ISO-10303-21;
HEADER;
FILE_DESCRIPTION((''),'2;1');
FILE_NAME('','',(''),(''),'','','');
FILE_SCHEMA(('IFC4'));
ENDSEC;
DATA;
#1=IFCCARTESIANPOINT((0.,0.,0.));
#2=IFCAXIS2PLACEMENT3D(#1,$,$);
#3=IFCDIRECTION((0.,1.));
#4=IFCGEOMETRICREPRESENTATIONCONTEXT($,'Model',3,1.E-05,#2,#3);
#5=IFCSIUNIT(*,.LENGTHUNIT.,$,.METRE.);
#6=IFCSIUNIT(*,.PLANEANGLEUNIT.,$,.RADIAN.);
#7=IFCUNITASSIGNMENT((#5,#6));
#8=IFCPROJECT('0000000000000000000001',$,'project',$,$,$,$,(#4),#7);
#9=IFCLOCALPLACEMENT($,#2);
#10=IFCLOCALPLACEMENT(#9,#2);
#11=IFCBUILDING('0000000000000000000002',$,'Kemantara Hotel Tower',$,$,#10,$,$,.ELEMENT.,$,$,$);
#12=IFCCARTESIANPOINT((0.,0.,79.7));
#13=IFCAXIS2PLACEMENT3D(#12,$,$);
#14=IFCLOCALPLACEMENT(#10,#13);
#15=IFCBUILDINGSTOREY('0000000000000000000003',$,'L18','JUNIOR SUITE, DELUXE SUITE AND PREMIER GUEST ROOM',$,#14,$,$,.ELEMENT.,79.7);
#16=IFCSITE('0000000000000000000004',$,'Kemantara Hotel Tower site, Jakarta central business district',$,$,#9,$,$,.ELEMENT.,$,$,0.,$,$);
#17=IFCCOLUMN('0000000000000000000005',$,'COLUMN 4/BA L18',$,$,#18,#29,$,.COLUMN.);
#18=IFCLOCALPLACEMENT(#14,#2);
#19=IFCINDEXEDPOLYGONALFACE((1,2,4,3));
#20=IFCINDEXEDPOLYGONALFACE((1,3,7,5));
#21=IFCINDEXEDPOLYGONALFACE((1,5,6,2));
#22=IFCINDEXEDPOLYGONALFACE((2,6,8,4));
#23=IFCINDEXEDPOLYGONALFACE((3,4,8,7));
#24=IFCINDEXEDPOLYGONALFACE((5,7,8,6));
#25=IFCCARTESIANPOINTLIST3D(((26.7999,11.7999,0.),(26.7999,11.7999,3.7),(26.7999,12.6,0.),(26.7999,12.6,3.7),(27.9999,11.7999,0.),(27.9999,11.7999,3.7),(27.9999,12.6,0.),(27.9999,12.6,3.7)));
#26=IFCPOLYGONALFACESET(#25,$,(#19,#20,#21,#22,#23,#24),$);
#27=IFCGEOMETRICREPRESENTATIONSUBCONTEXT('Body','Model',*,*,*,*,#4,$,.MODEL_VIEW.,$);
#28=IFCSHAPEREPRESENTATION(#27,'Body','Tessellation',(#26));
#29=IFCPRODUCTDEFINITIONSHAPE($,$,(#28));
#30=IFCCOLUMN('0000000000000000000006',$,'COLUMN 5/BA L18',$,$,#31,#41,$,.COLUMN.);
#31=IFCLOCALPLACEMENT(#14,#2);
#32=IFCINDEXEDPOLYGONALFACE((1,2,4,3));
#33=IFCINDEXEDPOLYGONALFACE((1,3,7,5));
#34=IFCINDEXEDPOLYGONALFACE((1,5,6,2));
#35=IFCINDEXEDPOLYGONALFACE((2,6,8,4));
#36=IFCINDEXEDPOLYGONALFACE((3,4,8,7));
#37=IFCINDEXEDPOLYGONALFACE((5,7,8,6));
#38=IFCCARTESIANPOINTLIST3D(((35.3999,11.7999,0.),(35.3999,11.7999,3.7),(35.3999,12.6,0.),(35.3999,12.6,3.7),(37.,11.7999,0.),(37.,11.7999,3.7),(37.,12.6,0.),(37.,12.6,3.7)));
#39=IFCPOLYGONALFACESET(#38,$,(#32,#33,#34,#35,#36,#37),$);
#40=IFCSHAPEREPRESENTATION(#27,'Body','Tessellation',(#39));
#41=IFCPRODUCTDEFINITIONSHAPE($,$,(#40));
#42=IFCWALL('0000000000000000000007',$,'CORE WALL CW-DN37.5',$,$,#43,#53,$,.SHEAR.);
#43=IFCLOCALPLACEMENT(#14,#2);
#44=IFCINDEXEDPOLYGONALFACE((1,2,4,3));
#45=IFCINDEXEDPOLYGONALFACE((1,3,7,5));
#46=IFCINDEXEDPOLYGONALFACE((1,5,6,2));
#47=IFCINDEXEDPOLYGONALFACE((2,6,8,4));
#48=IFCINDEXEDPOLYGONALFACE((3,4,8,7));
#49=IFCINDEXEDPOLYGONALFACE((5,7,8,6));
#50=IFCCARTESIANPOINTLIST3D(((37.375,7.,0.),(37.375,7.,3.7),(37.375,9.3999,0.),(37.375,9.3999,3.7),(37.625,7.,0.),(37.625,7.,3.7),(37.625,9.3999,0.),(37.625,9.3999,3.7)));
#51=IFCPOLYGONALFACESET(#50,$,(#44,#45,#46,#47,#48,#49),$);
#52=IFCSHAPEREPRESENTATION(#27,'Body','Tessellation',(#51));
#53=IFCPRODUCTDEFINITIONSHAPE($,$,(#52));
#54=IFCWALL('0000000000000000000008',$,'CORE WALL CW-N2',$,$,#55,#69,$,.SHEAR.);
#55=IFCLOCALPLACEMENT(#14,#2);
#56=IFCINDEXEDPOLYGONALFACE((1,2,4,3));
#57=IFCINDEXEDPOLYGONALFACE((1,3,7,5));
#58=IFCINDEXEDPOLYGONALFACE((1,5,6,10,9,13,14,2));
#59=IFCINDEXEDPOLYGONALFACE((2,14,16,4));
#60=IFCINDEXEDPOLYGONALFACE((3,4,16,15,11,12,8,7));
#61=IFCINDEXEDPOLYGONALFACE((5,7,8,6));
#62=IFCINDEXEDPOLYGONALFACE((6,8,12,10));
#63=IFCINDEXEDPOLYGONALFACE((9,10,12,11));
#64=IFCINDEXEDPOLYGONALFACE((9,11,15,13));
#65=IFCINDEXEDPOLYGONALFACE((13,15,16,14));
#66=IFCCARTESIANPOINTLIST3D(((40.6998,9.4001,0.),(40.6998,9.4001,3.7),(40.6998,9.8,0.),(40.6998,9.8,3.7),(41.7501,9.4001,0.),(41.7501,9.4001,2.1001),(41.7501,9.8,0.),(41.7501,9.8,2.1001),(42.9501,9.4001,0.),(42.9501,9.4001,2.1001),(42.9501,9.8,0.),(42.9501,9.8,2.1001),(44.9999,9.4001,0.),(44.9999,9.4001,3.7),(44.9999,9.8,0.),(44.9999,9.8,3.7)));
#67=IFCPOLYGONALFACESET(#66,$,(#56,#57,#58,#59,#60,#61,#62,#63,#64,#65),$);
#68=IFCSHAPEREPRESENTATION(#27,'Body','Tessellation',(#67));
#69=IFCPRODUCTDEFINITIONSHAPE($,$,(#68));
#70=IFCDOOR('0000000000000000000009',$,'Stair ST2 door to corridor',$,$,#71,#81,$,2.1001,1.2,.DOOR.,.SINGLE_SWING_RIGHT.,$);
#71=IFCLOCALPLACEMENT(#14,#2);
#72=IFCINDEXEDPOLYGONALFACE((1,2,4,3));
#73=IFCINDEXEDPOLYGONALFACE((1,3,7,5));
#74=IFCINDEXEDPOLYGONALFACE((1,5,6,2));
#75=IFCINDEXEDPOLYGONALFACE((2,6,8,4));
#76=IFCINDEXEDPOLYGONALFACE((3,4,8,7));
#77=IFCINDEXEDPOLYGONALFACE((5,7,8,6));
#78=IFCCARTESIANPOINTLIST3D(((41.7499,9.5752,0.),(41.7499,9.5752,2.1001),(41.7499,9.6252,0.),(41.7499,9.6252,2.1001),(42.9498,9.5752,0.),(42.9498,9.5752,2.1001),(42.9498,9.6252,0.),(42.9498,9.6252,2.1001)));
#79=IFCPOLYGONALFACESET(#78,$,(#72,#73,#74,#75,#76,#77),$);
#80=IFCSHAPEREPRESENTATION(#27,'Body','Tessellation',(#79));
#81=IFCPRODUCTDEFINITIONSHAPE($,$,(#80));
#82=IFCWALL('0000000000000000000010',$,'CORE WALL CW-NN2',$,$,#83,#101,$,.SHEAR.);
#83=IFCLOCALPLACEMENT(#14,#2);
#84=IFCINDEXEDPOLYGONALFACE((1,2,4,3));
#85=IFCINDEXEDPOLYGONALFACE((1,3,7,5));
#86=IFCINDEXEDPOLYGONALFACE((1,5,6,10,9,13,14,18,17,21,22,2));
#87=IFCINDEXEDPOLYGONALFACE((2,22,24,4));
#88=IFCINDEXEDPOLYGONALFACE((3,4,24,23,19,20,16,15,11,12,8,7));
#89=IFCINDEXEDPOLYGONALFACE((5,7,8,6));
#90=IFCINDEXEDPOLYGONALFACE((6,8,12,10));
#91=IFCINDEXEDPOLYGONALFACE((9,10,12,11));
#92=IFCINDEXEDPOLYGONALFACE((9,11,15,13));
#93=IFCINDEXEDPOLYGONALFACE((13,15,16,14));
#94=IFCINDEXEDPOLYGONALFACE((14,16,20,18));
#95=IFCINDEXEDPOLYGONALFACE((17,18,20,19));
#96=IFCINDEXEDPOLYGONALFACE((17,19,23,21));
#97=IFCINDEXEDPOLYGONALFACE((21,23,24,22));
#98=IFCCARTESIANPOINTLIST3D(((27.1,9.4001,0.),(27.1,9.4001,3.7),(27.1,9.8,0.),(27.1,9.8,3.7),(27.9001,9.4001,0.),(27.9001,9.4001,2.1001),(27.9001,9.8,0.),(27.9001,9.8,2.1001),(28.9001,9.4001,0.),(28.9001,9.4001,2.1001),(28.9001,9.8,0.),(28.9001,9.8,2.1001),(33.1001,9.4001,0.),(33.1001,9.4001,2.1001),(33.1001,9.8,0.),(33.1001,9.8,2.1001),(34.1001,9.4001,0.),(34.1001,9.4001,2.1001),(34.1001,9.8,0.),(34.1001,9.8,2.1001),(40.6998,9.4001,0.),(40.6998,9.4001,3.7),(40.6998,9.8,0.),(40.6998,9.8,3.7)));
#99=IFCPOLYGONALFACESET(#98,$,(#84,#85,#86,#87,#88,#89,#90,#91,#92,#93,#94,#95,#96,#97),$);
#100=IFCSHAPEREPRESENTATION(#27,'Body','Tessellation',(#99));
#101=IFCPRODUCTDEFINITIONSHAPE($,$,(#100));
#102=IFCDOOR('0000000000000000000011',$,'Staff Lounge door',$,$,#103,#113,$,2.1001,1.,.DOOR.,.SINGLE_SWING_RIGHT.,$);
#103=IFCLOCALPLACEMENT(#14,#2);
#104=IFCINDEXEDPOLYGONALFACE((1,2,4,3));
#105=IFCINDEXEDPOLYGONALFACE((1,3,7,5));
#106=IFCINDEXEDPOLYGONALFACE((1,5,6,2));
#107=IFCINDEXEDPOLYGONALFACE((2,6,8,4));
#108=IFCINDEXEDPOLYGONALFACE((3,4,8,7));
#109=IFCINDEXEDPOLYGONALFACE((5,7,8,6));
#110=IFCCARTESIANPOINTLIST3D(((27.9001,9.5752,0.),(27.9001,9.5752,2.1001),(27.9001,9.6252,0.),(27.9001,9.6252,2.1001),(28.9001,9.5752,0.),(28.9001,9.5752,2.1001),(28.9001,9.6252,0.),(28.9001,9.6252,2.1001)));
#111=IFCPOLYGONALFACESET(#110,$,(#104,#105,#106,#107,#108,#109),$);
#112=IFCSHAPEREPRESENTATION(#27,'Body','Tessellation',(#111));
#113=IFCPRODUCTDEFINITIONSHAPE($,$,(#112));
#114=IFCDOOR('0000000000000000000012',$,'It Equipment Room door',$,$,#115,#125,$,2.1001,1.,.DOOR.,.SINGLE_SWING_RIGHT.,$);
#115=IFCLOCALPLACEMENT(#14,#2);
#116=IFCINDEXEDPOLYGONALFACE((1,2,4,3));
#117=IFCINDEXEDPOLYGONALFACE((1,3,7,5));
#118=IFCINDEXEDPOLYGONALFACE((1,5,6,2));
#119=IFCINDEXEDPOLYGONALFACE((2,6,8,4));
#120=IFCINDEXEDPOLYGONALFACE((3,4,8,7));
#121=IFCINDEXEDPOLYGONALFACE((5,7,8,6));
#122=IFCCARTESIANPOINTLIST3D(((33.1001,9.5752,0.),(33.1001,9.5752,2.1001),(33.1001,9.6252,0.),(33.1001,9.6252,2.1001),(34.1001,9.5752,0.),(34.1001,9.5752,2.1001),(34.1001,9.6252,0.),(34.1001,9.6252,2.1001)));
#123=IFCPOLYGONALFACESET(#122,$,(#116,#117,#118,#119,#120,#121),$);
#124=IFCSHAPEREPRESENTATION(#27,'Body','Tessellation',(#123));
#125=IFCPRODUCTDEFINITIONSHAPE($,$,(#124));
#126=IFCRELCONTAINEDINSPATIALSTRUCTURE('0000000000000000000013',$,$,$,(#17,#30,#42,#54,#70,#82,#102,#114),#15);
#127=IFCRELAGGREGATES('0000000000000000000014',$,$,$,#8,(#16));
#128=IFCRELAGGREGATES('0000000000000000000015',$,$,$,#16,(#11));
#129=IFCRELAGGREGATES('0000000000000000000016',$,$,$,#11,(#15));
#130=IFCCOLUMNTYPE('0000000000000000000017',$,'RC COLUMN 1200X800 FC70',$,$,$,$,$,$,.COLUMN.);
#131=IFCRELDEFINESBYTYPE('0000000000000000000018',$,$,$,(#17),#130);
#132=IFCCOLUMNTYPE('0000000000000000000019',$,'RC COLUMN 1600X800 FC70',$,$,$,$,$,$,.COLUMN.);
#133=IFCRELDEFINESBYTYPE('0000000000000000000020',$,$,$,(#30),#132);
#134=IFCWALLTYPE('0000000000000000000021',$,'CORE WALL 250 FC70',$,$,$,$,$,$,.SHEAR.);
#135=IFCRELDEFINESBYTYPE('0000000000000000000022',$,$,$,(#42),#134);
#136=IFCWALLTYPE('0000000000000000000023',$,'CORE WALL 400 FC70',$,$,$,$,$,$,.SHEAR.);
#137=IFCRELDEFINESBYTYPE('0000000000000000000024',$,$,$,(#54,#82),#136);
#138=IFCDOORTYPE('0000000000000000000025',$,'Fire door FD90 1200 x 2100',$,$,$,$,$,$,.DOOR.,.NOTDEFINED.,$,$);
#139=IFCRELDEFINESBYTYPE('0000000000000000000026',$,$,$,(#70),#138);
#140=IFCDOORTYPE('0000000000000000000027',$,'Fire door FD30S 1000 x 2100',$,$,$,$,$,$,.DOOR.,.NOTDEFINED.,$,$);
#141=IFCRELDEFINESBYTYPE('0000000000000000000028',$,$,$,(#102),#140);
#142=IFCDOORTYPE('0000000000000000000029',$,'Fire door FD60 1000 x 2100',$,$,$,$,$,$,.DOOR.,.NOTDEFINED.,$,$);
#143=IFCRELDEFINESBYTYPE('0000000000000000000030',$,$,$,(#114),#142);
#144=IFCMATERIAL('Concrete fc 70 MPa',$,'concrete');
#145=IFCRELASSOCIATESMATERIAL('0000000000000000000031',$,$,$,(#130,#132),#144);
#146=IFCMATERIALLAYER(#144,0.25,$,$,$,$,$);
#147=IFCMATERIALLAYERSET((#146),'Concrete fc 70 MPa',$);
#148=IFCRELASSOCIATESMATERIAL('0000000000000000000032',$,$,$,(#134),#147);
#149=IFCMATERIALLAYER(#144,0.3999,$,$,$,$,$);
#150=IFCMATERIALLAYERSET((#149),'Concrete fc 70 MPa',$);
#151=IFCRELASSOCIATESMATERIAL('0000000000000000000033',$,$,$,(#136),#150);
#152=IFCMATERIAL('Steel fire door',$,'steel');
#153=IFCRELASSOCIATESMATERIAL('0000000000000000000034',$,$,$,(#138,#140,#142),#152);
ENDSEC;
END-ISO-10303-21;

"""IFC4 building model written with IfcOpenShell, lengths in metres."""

from ifc_helpers import new_model, si_unit, direction, frame, frame_2d, origin, origin_2d, place, context, subcontext, project, spatial, rectangle, extrude, material, layer, layer_set, material_profile, profile_set, type_object, element, fill, save


model = new_model("IFC4")

# Units and contexts
model_context = context("Model", 3, precision=1e-05, world=origin(), true_north=direction((0.0, 1.0)))
body_context = subcontext(model_context, "Body", "Model", "MODEL_VIEW")
ifc_project = project(units=[si_unit("LENGTHUNIT", "METRE"), si_unit("PLANEANGLEUNIT", "RADIAN")], contexts=[model_context])

# Site, building, storey
site_placement = place(None, origin())
site = spatial("IfcSite", under=ifc_project, at=site_placement, Name="Kemantara Hotel Tower site, Jakarta central business district", CompositionType="ELEMENT", RefElevation=0.0)
building_placement = place(site_placement, origin())
building = spatial("IfcBuilding", under=site, at=building_placement, Name="Kemantara Hotel Tower", CompositionType="ELEMENT")
storey_placement = place(building_placement, frame((0.0, 0.0, 79.7)))
storey = spatial("IfcBuildingStorey", under=building, at=storey_placement, Name="L18", Description="JUNIOR SUITE, DELUXE SUITE AND PREMIER GUEST ROOM", CompositionType="ELEMENT", Elevation=79.7)

# Columns
ifc_material_1 = material(Name="Concrete fc 70 MPa", Category="concrete")
ifc_material_profile_1 = material_profile(ifc_material_1, rectangle(XDim=1.2, YDim=0.8, at=origin_2d()), Name="RC 1200X800")
ifc_profile_set_1 = profile_set([ifc_material_profile_1], Name="Concrete fc 70 MPa")
column_type_1 = type_object("IfcColumnType", Name="RC COLUMN 1200X800 FC70", PredefinedType="COLUMN", material=ifc_profile_set_1)
column_1_placement = place(storey_placement, frame((27.3999, 12.2, 0.0), z_axis=(0.0, 0.0, 1.0), x_axis=(1.0, 0.0, 0.0)))
element("IfcColumn", 1, at=column_1_placement, inside=storey, type_object=column_type_1, Name="COLUMN 4/BA L18", PredefinedType="COLUMN", context=body_context, shape_type="SweptSolid", body=[
    extrude(rectangle(XDim=1.2, YDim=0.8, at=origin_2d()), origin(), (0.0, 0.0, 1.0), 3.7),
])
ifc_material_profile_2 = material_profile(ifc_material_1, rectangle(XDim=1.6001, YDim=0.8, at=origin_2d()), Name="RC 1600X800")
ifc_profile_set_2 = profile_set([ifc_material_profile_2], Name="Concrete fc 70 MPa")
column_type_2 = type_object("IfcColumnType", Name="RC COLUMN 1600X800 FC70", PredefinedType="COLUMN", material=ifc_profile_set_2)
column_2_placement = place(storey_placement, frame((36.2, 12.2, 0.0), z_axis=(0.0, 0.0, 1.0), x_axis=(1.0, 0.0, 0.0)))
element("IfcColumn", 2, at=column_2_placement, inside=storey, type_object=column_type_2, Name="COLUMN 5/BA L18", PredefinedType="COLUMN", context=body_context, shape_type="SweptSolid", body=[
    extrude(rectangle(XDim=1.6001, YDim=0.8, at=origin_2d()), origin(), (0.0, 0.0, 1.0), 3.7),
])

# Wall
ifc_layer_1 = layer(ifc_material_1, 0.25)
ifc_layer_set_1 = layer_set([ifc_layer_1], Name="Concrete fc 70 MPa")
wall_type_1 = type_object("IfcWallType", Name="CORE WALL 250 FC70", PredefinedType="SHEAR", material=ifc_layer_set_1)
wall_1_placement = place(storey_placement, frame((37.5, 7.0, 0.0), z_axis=(0.0, 0.0, 1.0), x_axis=(0.0, 1.0, 0.0)))
element("IfcWall", 3, at=wall_1_placement, inside=storey, type_object=wall_type_1, Name="CORE WALL CW-DN37.5", PredefinedType="SHEAR", context=body_context, shape_type="SweptSolid", body=[
    extrude(rectangle(XDim=2.3999, YDim=0.25, at=frame_2d((1.2, 0.0))), origin(), (0.0, 0.0, 1.0), 3.7),
])

# Wall, opening, door
ifc_layer_2 = layer(ifc_material_1, 0.3999)
ifc_layer_set_2 = layer_set([ifc_layer_2], Name="Concrete fc 70 MPa")
wall_type_2 = type_object("IfcWallType", Name="CORE WALL 400 FC70", PredefinedType="SHEAR", material=ifc_layer_set_2)
wall_2_placement = place(storey_placement, frame((40.7, 9.6001, 0.0), z_axis=(0.0, 0.0, 1.0), x_axis=(1.0, 0.0, 0.0)))
wall_2 = element("IfcWall", 4, at=wall_2_placement, inside=storey, type_object=wall_type_2, Name="CORE WALL CW-N2", PredefinedType="SHEAR", context=body_context, shape_type="SweptSolid", body=[
    extrude(rectangle(XDim=4.3, YDim=0.3999, at=frame_2d((2.1499, 0.0))), origin(), (0.0, 0.0, 1.0), 3.7),
])
opening_1_placement = place(wall_2_placement, frame((1.05, 0.0, 0.0)))
opening_1 = element("IfcOpeningElement", 5, at=opening_1_placement, cuts=wall_2, PredefinedType="OPENING", context=body_context, shape_type="SweptSolid", body=[
    extrude(rectangle(XDim=1.2, YDim=2.1001, at=frame_2d((0.6001, 1.05))), frame((0.0, 0.21, 0.0), z_axis=(0.0, -1.0, 0.0), x_axis=(1.0, 0.0, 0.0)), (0.0, 0.0, 1.0), 0.4199),
])
ifc_material_2 = material(Name="Steel fire door", Category="steel")
door_type_1 = type_object("IfcDoorType", Name="Fire door FD90 1200 x 2100", OperationType="NOTDEFINED", PredefinedType="DOOR", material=ifc_material_2)
door_1_placement = place(opening_1_placement, frame((1.2, 0.0, 0.0), z_axis=(0.0, 0.0, 1.0), x_axis=(-1.0, 0.0, 0.0)))
door_1 = element("IfcDoor", 6, at=door_1_placement, inside=storey, type_object=door_type_1, Name="Stair ST2 door to corridor", OperationType="SINGLE_SWING_RIGHT", OverallHeight=2.1001, OverallWidth=1.2, PredefinedType="DOOR", context=body_context, shape_type="SweptSolid", body=[
    extrude(rectangle(XDim=1.2, YDim=2.1001, at=frame_2d((0.6001, 1.05))), frame((0.0, 0.0249, 0.0), z_axis=(0.0, -1.0, 0.0), x_axis=(1.0, 0.0, 0.0)), (0.0, 0.0, 1.0), 0.05),
])
fill(opening_1, door_1)

# Wall, openings, doors
wall_3_placement = place(storey_placement, frame((27.1001, 9.6001, 0.0), z_axis=(0.0, 0.0, 1.0), x_axis=(1.0, 0.0, 0.0)))
wall_3 = element("IfcWall", 7, at=wall_3_placement, inside=storey, type_object=wall_type_2, Name="CORE WALL CW-NN2", PredefinedType="SHEAR", context=body_context, shape_type="SweptSolid", body=[
    extrude(rectangle(XDim=13.5999, YDim=0.3999, at=frame_2d((6.7998, 0.0))), origin(), (0.0, 0.0, 1.0), 3.7),
])
opening_2_placement = place(wall_3_placement, frame((0.8, 0.0, 0.0)))
opening_2 = element("IfcOpeningElement", 8, at=opening_2_placement, cuts=wall_3, PredefinedType="OPENING", context=body_context, shape_type="SweptSolid", body=[
    extrude(rectangle(XDim=1.0, YDim=2.1001, at=frame_2d((0.5, 1.05))), frame((0.0, 0.21, 0.0), z_axis=(0.0, -1.0, 0.0), x_axis=(1.0, 0.0, 0.0)), (0.0, 0.0, 1.0), 0.4199),
])
opening_3_placement = place(wall_3_placement, frame((6.0, 0.0, 0.0)))
opening_3 = element("IfcOpeningElement", 9, at=opening_3_placement, cuts=wall_3, PredefinedType="OPENING", context=body_context, shape_type="SweptSolid", body=[
    extrude(rectangle(XDim=1.0, YDim=2.1001, at=frame_2d((0.5, 1.05))), frame((0.0, 0.21, 0.0), z_axis=(0.0, -1.0, 0.0), x_axis=(1.0, 0.0, 0.0)), (0.0, 0.0, 1.0), 0.4199),
])
door_type_2 = type_object("IfcDoorType", Name="Fire door FD30S 1000 x 2100", OperationType="NOTDEFINED", PredefinedType="DOOR", material=ifc_material_2)
door_2_placement = place(opening_2_placement, frame((1.0, 0.0, 0.0), z_axis=(0.0, 0.0, 1.0), x_axis=(-1.0, 0.0, 0.0)))
door_2 = element("IfcDoor", 10, at=door_2_placement, inside=storey, type_object=door_type_2, Name="Staff Lounge door", OperationType="SINGLE_SWING_RIGHT", OverallHeight=2.1001, OverallWidth=1.0, PredefinedType="DOOR", context=body_context, shape_type="SweptSolid", body=[
    extrude(rectangle(XDim=1.0, YDim=2.1001, at=frame_2d((0.5, 1.05))), frame((0.0, 0.0249, 0.0), z_axis=(0.0, -1.0, 0.0), x_axis=(1.0, 0.0, 0.0)), (0.0, 0.0, 1.0), 0.05),
])
fill(opening_2, door_2)
door_type_3 = type_object("IfcDoorType", Name="Fire door FD60 1000 x 2100", OperationType="NOTDEFINED", PredefinedType="DOOR", material=ifc_material_2)
door_3_placement = place(opening_3_placement, frame((1.0, 0.0, 0.0), z_axis=(0.0, 0.0, 1.0), x_axis=(-1.0, 0.0, 0.0)))
door_3 = element("IfcDoor", 11, at=door_3_placement, inside=storey, type_object=door_type_3, Name="It Equipment Room door", OperationType="SINGLE_SWING_RIGHT", OverallHeight=2.1001, OverallWidth=1.0, PredefinedType="DOOR", context=body_context, shape_type="SweptSolid", body=[
    extrude(rectangle(XDim=1.0, YDim=2.1001, at=frame_2d((0.5, 1.05))), frame((0.0, 0.0249, 0.0), z_axis=(0.0, -1.0, 0.0), x_axis=(1.0, 0.0, 0.0)), (0.0, 0.0, 1.0), 0.05),
])
fill(opening_3, door_3)

save(model, "model.ifc")
